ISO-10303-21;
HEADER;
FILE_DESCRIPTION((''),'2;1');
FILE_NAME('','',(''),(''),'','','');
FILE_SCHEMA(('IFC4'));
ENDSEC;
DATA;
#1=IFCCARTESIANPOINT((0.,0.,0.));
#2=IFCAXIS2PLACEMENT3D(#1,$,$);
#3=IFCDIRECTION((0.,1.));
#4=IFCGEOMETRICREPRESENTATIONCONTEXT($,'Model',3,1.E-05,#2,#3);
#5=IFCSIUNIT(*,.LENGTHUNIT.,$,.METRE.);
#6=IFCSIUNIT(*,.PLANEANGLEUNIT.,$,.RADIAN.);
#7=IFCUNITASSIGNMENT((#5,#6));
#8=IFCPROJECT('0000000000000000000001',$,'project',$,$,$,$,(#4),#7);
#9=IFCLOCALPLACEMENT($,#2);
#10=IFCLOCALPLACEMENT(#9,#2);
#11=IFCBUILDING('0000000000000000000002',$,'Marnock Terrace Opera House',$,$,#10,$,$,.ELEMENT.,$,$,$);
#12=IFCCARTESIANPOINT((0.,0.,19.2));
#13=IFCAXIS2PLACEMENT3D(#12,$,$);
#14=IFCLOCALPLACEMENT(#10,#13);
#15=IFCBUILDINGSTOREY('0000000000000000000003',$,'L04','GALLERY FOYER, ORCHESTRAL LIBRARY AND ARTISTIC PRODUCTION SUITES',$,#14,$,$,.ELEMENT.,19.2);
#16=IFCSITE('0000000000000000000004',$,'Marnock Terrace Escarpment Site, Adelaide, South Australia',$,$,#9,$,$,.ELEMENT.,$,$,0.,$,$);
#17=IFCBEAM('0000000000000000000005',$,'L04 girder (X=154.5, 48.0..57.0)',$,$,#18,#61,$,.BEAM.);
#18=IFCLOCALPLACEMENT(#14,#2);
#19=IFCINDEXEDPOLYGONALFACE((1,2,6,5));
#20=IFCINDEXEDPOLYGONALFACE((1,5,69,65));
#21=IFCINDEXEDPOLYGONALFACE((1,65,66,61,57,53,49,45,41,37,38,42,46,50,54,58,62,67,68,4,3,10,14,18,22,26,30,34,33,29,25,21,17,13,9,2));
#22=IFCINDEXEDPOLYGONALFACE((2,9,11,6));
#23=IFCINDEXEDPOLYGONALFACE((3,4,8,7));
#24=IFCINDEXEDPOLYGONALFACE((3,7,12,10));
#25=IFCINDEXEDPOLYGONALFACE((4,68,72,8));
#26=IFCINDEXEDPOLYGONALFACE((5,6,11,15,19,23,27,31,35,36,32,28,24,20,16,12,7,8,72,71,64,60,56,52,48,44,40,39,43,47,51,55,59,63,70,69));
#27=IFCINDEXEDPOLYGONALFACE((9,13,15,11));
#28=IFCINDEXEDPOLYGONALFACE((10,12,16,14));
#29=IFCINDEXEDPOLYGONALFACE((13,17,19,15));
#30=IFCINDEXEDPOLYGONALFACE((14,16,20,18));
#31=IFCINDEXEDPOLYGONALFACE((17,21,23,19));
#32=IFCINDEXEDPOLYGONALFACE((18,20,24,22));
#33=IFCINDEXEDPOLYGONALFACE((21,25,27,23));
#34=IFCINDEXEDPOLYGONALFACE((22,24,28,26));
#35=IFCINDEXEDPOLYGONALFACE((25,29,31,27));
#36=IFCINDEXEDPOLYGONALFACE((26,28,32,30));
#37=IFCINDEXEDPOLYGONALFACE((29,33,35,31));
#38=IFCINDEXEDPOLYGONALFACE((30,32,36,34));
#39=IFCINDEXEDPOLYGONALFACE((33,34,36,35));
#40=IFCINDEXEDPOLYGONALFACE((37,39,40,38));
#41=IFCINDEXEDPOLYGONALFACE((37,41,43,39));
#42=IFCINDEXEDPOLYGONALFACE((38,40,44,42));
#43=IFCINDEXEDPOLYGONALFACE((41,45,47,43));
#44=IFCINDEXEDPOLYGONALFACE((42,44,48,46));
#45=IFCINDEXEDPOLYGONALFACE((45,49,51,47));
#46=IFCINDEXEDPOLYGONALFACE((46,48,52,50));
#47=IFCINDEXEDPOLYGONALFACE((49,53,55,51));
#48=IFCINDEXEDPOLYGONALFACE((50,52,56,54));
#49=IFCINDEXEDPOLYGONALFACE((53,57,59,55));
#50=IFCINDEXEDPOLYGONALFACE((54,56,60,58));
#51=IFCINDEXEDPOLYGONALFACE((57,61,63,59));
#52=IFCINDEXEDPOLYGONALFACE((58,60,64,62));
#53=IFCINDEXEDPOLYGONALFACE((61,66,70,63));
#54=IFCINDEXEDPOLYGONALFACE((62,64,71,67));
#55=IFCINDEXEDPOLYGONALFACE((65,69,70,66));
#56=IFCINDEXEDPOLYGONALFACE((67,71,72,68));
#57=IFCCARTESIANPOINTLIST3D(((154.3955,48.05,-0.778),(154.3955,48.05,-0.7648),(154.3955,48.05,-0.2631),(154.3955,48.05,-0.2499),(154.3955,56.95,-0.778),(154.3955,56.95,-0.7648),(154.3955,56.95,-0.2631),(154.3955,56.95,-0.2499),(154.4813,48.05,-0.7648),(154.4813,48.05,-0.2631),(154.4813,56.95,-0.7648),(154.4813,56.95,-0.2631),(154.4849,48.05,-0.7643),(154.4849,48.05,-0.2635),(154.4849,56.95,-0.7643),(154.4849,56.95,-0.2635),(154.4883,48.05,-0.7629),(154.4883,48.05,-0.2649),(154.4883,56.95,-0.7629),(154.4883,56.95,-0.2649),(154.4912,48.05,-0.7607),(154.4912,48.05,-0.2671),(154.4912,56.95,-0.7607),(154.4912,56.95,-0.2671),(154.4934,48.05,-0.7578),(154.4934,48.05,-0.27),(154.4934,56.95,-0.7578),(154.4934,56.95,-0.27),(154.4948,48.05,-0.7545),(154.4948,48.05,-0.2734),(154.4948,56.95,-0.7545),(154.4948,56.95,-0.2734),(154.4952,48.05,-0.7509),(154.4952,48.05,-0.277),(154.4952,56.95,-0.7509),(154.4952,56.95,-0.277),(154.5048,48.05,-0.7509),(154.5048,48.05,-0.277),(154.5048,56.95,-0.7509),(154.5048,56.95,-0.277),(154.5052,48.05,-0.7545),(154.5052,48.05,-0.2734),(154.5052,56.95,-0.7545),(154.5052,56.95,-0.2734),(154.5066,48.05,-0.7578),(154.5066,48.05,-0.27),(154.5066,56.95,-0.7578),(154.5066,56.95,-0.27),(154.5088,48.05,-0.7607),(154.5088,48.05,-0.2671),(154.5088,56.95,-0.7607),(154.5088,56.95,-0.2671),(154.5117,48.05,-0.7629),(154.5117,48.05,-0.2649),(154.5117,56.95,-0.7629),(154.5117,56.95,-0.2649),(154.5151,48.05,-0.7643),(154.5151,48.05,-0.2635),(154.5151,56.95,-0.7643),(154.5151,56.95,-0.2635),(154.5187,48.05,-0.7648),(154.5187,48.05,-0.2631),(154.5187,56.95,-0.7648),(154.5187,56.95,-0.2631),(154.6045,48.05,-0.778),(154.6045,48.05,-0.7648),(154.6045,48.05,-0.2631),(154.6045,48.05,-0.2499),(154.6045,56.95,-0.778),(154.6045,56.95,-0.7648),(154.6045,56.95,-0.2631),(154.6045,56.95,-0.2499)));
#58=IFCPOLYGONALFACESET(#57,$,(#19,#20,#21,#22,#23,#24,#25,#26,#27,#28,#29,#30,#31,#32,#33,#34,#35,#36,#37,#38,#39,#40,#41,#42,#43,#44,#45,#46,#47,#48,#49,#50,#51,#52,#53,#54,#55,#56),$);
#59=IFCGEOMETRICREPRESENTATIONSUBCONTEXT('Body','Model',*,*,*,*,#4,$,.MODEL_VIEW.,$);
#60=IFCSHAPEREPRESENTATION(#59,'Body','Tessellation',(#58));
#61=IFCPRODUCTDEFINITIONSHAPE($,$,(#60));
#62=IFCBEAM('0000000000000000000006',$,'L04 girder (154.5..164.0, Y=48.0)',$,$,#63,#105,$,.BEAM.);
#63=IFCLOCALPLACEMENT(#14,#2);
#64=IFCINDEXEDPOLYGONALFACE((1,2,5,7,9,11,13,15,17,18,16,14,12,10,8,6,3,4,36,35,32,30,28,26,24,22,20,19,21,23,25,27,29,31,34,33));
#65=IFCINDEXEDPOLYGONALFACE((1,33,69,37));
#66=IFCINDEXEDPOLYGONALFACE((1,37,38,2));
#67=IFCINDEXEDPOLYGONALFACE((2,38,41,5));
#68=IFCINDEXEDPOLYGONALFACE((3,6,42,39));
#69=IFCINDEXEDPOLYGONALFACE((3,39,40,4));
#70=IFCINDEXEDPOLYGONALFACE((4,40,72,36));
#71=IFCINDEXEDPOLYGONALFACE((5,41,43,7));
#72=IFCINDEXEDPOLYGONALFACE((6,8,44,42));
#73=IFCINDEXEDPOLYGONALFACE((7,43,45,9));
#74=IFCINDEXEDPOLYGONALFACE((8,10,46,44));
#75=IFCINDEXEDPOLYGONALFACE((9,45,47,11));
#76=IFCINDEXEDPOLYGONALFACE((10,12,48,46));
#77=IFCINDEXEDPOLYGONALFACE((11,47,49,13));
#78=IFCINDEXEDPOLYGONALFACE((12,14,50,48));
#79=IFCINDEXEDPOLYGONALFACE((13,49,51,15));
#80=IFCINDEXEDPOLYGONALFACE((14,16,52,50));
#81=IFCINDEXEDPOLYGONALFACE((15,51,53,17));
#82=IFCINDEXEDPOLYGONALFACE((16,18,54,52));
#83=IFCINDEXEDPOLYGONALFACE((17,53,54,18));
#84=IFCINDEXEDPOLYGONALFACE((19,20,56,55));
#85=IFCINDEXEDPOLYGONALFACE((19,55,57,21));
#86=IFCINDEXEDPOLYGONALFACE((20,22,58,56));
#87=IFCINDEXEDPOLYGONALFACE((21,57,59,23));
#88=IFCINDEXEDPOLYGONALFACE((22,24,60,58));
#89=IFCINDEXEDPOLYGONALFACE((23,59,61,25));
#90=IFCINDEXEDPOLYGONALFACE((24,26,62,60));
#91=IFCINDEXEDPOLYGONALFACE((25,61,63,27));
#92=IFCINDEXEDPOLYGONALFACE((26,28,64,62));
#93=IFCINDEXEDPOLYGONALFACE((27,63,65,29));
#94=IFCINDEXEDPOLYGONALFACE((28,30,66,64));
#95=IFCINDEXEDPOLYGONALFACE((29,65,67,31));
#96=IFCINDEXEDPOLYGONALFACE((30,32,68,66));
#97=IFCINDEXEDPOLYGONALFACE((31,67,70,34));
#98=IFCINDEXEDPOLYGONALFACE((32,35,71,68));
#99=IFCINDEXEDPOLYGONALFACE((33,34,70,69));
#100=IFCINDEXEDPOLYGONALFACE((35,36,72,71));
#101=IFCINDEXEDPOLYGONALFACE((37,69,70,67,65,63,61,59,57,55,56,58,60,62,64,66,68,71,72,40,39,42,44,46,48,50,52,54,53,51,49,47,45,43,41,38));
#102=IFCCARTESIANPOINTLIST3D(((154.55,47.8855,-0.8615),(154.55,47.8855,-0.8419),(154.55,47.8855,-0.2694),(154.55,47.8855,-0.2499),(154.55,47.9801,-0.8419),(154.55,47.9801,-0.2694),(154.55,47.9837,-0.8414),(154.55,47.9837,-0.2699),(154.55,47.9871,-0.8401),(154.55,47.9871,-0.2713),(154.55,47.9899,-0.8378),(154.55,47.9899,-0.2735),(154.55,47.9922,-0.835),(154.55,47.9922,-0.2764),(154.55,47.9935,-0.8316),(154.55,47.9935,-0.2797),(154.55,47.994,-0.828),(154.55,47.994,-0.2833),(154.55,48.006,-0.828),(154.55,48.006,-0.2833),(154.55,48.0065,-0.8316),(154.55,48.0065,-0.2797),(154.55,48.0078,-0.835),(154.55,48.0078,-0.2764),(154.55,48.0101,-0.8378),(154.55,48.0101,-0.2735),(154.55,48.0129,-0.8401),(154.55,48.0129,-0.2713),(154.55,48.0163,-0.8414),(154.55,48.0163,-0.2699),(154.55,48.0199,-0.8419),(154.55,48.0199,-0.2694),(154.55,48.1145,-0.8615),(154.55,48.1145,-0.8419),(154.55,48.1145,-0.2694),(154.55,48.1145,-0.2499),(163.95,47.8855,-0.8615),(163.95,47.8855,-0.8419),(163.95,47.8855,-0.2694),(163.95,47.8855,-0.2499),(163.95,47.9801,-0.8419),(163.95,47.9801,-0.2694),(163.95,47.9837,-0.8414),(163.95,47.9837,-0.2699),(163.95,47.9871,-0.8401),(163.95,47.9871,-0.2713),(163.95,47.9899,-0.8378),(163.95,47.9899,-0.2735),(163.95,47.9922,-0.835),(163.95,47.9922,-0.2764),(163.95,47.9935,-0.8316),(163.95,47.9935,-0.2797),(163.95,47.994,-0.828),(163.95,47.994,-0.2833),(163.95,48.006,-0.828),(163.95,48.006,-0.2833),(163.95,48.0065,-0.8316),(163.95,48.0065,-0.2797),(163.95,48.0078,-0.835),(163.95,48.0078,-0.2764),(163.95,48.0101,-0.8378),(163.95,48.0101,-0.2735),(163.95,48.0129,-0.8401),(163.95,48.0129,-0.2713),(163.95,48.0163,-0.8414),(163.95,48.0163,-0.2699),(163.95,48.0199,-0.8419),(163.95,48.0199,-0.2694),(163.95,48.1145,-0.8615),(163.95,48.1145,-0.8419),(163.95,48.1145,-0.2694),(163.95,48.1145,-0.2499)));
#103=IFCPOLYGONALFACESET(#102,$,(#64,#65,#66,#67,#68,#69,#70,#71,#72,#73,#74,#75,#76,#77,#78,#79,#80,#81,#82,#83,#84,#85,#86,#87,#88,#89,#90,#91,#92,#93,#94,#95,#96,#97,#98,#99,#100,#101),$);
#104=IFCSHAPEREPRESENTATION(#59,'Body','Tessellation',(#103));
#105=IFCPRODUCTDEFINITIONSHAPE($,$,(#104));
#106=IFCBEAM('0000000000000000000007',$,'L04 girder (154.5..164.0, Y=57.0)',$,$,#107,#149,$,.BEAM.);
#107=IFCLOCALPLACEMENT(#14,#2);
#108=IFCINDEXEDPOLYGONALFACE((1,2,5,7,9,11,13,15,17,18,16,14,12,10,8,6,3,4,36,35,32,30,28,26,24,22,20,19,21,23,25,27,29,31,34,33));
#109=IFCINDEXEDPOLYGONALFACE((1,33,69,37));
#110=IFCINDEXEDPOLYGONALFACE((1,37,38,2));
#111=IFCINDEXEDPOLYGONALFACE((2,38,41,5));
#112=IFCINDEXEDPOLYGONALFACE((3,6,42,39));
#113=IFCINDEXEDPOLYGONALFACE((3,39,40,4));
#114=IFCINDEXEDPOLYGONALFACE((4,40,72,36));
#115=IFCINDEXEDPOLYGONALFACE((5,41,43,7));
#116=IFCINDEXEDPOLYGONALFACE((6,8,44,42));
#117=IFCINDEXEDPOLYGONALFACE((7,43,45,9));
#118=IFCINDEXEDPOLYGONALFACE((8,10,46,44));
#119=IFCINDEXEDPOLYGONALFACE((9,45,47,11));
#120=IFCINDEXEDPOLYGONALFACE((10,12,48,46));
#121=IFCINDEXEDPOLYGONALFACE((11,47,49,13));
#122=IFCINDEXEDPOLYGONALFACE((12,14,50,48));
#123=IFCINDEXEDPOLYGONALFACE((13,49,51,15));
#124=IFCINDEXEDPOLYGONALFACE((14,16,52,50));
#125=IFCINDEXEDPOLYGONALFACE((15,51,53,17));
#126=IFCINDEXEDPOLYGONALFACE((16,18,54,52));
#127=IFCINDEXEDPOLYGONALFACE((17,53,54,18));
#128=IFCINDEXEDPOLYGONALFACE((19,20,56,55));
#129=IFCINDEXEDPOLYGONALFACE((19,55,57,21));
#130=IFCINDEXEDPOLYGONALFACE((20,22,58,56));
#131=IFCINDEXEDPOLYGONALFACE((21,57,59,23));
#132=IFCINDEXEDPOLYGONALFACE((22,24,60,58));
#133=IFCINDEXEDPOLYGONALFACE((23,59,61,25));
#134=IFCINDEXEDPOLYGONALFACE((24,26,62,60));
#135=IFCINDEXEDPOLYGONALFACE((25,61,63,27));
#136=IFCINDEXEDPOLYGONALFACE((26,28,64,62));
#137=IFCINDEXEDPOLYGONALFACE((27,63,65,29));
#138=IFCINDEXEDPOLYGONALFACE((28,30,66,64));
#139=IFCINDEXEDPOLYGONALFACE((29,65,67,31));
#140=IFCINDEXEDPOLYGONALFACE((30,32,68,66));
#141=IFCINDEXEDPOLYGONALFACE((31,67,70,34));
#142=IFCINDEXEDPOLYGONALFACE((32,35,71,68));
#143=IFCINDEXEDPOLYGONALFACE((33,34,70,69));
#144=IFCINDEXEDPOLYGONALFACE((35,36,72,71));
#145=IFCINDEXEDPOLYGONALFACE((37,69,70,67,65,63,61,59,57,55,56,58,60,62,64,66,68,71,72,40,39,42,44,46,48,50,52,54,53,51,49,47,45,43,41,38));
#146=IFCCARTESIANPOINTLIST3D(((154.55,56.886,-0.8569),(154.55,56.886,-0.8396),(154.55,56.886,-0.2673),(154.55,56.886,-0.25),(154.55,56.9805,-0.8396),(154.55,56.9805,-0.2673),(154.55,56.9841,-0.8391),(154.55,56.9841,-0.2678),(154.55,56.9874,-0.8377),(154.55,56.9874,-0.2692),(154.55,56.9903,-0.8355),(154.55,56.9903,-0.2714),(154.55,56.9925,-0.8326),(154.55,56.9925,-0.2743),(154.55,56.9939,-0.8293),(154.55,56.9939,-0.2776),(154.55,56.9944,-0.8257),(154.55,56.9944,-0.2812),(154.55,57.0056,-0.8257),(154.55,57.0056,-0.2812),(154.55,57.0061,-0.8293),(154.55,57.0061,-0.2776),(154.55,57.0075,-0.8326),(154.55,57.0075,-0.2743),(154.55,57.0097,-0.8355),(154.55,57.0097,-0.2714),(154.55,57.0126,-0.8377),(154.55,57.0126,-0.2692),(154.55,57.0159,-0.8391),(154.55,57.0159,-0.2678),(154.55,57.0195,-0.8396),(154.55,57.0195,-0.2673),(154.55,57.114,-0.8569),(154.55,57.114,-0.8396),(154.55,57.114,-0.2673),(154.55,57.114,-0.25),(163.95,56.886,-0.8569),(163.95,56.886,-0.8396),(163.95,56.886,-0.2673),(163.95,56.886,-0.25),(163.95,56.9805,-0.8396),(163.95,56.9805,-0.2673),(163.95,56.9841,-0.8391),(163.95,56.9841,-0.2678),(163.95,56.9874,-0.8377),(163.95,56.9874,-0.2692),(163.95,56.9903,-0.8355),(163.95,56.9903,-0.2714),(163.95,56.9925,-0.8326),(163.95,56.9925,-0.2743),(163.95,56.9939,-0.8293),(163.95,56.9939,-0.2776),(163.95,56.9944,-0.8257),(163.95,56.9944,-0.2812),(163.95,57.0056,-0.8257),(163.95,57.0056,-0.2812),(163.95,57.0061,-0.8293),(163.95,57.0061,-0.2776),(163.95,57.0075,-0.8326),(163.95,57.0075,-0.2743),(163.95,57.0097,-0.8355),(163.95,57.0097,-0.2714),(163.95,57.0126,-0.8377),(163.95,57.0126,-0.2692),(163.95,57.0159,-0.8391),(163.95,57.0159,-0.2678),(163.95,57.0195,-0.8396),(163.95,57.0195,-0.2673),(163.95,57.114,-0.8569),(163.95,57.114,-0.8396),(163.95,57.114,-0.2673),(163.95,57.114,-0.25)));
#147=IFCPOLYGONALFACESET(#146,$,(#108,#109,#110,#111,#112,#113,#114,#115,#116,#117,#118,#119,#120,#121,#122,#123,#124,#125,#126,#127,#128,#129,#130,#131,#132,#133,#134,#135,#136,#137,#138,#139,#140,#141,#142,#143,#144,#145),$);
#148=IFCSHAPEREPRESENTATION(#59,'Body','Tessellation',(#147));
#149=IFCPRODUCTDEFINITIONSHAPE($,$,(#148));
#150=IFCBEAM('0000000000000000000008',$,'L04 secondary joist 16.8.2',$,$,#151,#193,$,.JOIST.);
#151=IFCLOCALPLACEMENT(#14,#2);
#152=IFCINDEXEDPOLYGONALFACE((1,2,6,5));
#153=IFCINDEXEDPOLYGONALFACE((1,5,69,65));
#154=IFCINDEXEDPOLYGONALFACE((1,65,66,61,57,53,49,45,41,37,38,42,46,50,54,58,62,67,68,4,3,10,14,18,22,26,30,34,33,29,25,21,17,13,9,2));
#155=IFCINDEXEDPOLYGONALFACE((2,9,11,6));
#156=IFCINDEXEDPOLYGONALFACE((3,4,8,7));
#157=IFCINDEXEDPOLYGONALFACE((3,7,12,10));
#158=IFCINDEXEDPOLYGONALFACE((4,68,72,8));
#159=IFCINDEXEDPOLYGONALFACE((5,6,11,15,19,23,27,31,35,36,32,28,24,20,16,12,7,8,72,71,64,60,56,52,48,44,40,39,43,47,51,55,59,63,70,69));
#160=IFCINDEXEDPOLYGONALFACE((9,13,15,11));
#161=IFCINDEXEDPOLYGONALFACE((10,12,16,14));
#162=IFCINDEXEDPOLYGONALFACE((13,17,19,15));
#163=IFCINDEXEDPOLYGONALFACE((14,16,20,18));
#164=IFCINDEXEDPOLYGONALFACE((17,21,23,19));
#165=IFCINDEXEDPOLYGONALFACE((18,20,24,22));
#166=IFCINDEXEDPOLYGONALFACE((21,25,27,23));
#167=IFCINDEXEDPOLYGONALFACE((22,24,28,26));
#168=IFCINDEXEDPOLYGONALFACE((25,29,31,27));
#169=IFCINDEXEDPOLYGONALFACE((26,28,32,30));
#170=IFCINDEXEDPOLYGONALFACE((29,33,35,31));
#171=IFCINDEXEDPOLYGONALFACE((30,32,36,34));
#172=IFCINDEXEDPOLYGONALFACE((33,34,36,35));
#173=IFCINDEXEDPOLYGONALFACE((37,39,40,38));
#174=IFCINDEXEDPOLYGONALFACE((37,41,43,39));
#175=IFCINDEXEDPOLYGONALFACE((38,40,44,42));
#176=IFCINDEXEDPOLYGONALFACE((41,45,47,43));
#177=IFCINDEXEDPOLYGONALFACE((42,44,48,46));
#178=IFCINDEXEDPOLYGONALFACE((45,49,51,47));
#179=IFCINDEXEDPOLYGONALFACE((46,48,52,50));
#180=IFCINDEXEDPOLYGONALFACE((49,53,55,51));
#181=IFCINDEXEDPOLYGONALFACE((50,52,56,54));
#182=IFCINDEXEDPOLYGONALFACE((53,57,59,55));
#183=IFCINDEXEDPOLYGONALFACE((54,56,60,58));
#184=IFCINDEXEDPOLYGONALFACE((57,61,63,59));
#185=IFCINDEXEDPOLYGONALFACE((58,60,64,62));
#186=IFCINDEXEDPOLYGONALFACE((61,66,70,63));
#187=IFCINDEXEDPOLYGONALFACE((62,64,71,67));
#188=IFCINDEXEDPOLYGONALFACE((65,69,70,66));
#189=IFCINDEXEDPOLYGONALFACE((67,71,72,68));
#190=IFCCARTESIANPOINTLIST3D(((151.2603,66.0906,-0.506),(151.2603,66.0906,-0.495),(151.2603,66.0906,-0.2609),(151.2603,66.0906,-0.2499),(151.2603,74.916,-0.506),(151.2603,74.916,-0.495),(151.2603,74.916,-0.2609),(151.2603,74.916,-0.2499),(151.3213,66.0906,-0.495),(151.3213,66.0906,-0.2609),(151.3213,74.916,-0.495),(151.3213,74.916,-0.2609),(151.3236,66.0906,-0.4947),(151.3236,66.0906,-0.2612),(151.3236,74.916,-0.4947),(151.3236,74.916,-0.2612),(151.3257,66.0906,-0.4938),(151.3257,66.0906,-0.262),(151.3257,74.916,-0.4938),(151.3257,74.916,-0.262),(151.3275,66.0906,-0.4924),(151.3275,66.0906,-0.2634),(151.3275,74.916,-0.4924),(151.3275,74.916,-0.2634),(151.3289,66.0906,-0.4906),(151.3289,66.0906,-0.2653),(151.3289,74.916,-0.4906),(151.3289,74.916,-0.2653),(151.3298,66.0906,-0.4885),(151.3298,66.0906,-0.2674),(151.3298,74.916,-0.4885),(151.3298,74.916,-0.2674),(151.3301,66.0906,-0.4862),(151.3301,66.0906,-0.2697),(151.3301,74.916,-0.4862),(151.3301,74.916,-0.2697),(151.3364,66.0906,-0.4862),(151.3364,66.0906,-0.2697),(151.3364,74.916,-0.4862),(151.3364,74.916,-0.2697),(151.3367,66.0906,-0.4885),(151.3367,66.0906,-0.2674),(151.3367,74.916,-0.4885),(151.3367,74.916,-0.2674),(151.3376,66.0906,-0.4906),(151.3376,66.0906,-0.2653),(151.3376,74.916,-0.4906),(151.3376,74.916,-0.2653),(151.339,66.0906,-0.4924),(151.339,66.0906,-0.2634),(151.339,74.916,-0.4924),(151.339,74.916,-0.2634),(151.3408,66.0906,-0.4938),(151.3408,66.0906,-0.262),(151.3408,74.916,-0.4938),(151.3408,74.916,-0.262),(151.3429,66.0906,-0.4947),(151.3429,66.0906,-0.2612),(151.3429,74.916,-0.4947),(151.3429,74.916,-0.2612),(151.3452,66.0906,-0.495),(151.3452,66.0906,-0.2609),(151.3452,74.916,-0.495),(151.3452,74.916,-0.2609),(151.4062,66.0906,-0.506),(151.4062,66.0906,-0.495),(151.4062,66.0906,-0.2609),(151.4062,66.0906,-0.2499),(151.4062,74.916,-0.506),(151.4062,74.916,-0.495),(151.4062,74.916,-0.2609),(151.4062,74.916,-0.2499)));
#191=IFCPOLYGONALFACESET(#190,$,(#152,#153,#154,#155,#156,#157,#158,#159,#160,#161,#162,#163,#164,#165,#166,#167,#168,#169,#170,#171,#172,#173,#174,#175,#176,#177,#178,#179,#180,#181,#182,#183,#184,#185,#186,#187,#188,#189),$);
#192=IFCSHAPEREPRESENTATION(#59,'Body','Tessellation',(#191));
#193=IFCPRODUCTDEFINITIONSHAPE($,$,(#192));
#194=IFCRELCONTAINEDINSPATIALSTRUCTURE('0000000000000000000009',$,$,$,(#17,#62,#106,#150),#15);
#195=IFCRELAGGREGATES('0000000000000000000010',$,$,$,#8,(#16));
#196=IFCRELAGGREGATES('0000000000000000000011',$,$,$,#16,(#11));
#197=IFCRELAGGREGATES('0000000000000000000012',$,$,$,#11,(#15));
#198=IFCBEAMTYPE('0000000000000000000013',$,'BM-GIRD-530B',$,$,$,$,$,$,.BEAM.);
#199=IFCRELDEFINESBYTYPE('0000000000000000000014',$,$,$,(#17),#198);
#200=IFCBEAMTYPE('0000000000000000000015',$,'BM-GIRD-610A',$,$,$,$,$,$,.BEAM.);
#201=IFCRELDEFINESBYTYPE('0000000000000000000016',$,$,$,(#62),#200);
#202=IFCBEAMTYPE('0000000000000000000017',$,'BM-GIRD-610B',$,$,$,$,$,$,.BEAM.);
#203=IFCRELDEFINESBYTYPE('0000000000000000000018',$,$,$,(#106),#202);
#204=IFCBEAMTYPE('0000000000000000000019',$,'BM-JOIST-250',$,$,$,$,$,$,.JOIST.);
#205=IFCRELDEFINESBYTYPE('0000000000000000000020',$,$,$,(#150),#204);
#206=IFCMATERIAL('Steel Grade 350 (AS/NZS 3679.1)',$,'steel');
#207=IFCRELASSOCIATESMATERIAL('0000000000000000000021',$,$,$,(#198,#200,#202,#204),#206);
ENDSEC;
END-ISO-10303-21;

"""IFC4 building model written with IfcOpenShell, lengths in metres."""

from ifc_helpers import new_model, si_unit, direction, frame, origin, origin_2d, place, context, subcontext, project, spatial, i_section, extrude, material, material_profile, profile_set, type_object, element, save


model = new_model("IFC4")

# Units and contexts
model_context = context("Model", 3, precision=1e-05, world=origin(), true_north=direction((0.0, 1.0)))
body_context = subcontext(model_context, "Body", "Model", "MODEL_VIEW")
ifc_project = project(units=[si_unit("LENGTHUNIT", "METRE"), si_unit("PLANEANGLEUNIT", "RADIAN")], contexts=[model_context])

# Site, building, storey
site_placement = place(None, origin())
site = spatial("IfcSite", under=ifc_project, at=site_placement, Name="Marnock Terrace Escarpment Site, Adelaide, South Australia", CompositionType="ELEMENT", RefElevation=0.0)
building_placement = place(site_placement, origin())
building = spatial("IfcBuilding", under=site, at=building_placement, Name="Marnock Terrace Opera House", CompositionType="ELEMENT")
storey_placement = place(building_placement, frame((0.0, 0.0, 19.2)))
storey = spatial("IfcBuildingStorey", under=building, at=storey_placement, Name="L04", Description="GALLERY FOYER, ORCHESTRAL LIBRARY AND ARTISTIC PRODUCTION SUITES", CompositionType="ELEMENT", Elevation=19.2)

# Beams
ifc_material_1 = material(Name="Steel Grade 350 (AS/NZS 3679.1)", Category="steel")
ifc_material_profile_1 = material_profile(ifc_material_1, i_section(OverallWidth=0.209, OverallDepth=0.5281, WebThickness=0.0095, FlangeThickness=0.0132, FilletRadius=0.0139, at=origin_2d()))
ifc_profile_set_1 = profile_set([ifc_material_profile_1], Name="Steel Grade 350 (AS/NZS 3679.1)")
beam_type_1 = type_object("IfcBeamType", Name="BM-GIRD-530B", PredefinedType="BEAM", material=ifc_profile_set_1)
beam_1_placement = place(storey_placement, frame((154.5, 48.05, -0.5139), z_axis=(0.0, 1.0, 0.0), x_axis=(-1.0, 0.0, 0.0)))
element("IfcBeam", 1, at=beam_1_placement, inside=storey, type_object=beam_type_1, Name="L04 girder (X=154.5, 48.0..57.0)", PredefinedType="BEAM", context=body_context, shape_type="SweptSolid", body=[
    extrude(i_section(OverallWidth=0.209, OverallDepth=0.5281, WebThickness=0.0095, FlangeThickness=0.0132, FilletRadius=0.0139, at=origin_2d()), origin(), (0.0, 0.0, 1.0), 8.8999),
])
ifc_material_profile_2 = material_profile(ifc_material_1, i_section(OverallWidth=0.229, OverallDepth=0.6116, WebThickness=0.012, FlangeThickness=0.0195, FilletRadius=0.0139, at=origin_2d()))
ifc_profile_set_2 = profile_set([ifc_material_profile_2], Name="Steel Grade 350 (AS/NZS 3679.1)")
beam_type_2 = type_object("IfcBeamType", Name="BM-GIRD-610A", PredefinedType="BEAM", material=ifc_profile_set_2)
beam_2_placement = place(storey_placement, frame((154.55, 48.0, -0.5557), z_axis=(1.0, 0.0, 0.0), x_axis=(0.0, 1.0, 0.0)))
element("IfcBeam", 2, at=beam_2_placement, inside=storey, type_object=beam_type_2, Name="L04 girder (154.5..164.0, Y=48.0)", PredefinedType="BEAM", context=body_context, shape_type="SweptSolid", body=[
    extrude(i_section(OverallWidth=0.229, OverallDepth=0.6116, WebThickness=0.012, FlangeThickness=0.0195, FilletRadius=0.0139, at=origin_2d()), origin(), (0.0, 0.0, 1.0), 9.3999),
])
ifc_material_profile_3 = material_profile(ifc_material_1, i_section(OverallWidth=0.228, OverallDepth=0.6069, WebThickness=0.0112, FlangeThickness=0.0173, FilletRadius=0.0139, at=origin_2d()))
ifc_profile_set_3 = profile_set([ifc_material_profile_3], Name="Steel Grade 350 (AS/NZS 3679.1)")
beam_type_3 = type_object("IfcBeamType", Name="BM-GIRD-610B", PredefinedType="BEAM", material=ifc_profile_set_3)
beam_3_placement = place(storey_placement, frame((154.55, 57.0, -0.5535), z_axis=(1.0, 0.0, 0.0), x_axis=(0.0, 1.0, 0.0)))
element("IfcBeam", 3, at=beam_3_placement, inside=storey, type_object=beam_type_3, Name="L04 girder (154.5..164.0, Y=57.0)", PredefinedType="BEAM", context=body_context, shape_type="SweptSolid", body=[
    extrude(i_section(OverallWidth=0.228, OverallDepth=0.6069, WebThickness=0.0112, FlangeThickness=0.0173, FilletRadius=0.0139, at=origin_2d()), origin(), (0.0, 0.0, 1.0), 9.3999),
])
ifc_material_profile_4 = material_profile(ifc_material_1, i_section(OverallWidth=0.146, OverallDepth=0.2561, WebThickness=0.0063, FlangeThickness=0.011, FilletRadius=0.0088, at=origin_2d()))
ifc_profile_set_4 = profile_set([ifc_material_profile_4], Name="Steel Grade 350 (AS/NZS 3679.1)")
beam_type_4 = type_object("IfcBeamType", Name="BM-JOIST-250", PredefinedType="JOIST", material=ifc_profile_set_4)
beam_4_placement = place(storey_placement, frame((151.3333, 66.0906, -0.3779), z_axis=(0.0, 1.0, 0.0), x_axis=(-1.0, 0.0, 0.0)))
element("IfcBeam", 4, at=beam_4_placement, inside=storey, type_object=beam_type_4, Name="L04 secondary joist 16.8.2", PredefinedType="JOIST", context=body_context, shape_type="SweptSolid", body=[
    extrude(i_section(OverallWidth=0.146, OverallDepth=0.2561, WebThickness=0.0063, FlangeThickness=0.011, FilletRadius=0.0088, at=origin_2d()), origin(), (0.0, 0.0, 1.0), 8.8254),
])

save(model, "model.ifc")
